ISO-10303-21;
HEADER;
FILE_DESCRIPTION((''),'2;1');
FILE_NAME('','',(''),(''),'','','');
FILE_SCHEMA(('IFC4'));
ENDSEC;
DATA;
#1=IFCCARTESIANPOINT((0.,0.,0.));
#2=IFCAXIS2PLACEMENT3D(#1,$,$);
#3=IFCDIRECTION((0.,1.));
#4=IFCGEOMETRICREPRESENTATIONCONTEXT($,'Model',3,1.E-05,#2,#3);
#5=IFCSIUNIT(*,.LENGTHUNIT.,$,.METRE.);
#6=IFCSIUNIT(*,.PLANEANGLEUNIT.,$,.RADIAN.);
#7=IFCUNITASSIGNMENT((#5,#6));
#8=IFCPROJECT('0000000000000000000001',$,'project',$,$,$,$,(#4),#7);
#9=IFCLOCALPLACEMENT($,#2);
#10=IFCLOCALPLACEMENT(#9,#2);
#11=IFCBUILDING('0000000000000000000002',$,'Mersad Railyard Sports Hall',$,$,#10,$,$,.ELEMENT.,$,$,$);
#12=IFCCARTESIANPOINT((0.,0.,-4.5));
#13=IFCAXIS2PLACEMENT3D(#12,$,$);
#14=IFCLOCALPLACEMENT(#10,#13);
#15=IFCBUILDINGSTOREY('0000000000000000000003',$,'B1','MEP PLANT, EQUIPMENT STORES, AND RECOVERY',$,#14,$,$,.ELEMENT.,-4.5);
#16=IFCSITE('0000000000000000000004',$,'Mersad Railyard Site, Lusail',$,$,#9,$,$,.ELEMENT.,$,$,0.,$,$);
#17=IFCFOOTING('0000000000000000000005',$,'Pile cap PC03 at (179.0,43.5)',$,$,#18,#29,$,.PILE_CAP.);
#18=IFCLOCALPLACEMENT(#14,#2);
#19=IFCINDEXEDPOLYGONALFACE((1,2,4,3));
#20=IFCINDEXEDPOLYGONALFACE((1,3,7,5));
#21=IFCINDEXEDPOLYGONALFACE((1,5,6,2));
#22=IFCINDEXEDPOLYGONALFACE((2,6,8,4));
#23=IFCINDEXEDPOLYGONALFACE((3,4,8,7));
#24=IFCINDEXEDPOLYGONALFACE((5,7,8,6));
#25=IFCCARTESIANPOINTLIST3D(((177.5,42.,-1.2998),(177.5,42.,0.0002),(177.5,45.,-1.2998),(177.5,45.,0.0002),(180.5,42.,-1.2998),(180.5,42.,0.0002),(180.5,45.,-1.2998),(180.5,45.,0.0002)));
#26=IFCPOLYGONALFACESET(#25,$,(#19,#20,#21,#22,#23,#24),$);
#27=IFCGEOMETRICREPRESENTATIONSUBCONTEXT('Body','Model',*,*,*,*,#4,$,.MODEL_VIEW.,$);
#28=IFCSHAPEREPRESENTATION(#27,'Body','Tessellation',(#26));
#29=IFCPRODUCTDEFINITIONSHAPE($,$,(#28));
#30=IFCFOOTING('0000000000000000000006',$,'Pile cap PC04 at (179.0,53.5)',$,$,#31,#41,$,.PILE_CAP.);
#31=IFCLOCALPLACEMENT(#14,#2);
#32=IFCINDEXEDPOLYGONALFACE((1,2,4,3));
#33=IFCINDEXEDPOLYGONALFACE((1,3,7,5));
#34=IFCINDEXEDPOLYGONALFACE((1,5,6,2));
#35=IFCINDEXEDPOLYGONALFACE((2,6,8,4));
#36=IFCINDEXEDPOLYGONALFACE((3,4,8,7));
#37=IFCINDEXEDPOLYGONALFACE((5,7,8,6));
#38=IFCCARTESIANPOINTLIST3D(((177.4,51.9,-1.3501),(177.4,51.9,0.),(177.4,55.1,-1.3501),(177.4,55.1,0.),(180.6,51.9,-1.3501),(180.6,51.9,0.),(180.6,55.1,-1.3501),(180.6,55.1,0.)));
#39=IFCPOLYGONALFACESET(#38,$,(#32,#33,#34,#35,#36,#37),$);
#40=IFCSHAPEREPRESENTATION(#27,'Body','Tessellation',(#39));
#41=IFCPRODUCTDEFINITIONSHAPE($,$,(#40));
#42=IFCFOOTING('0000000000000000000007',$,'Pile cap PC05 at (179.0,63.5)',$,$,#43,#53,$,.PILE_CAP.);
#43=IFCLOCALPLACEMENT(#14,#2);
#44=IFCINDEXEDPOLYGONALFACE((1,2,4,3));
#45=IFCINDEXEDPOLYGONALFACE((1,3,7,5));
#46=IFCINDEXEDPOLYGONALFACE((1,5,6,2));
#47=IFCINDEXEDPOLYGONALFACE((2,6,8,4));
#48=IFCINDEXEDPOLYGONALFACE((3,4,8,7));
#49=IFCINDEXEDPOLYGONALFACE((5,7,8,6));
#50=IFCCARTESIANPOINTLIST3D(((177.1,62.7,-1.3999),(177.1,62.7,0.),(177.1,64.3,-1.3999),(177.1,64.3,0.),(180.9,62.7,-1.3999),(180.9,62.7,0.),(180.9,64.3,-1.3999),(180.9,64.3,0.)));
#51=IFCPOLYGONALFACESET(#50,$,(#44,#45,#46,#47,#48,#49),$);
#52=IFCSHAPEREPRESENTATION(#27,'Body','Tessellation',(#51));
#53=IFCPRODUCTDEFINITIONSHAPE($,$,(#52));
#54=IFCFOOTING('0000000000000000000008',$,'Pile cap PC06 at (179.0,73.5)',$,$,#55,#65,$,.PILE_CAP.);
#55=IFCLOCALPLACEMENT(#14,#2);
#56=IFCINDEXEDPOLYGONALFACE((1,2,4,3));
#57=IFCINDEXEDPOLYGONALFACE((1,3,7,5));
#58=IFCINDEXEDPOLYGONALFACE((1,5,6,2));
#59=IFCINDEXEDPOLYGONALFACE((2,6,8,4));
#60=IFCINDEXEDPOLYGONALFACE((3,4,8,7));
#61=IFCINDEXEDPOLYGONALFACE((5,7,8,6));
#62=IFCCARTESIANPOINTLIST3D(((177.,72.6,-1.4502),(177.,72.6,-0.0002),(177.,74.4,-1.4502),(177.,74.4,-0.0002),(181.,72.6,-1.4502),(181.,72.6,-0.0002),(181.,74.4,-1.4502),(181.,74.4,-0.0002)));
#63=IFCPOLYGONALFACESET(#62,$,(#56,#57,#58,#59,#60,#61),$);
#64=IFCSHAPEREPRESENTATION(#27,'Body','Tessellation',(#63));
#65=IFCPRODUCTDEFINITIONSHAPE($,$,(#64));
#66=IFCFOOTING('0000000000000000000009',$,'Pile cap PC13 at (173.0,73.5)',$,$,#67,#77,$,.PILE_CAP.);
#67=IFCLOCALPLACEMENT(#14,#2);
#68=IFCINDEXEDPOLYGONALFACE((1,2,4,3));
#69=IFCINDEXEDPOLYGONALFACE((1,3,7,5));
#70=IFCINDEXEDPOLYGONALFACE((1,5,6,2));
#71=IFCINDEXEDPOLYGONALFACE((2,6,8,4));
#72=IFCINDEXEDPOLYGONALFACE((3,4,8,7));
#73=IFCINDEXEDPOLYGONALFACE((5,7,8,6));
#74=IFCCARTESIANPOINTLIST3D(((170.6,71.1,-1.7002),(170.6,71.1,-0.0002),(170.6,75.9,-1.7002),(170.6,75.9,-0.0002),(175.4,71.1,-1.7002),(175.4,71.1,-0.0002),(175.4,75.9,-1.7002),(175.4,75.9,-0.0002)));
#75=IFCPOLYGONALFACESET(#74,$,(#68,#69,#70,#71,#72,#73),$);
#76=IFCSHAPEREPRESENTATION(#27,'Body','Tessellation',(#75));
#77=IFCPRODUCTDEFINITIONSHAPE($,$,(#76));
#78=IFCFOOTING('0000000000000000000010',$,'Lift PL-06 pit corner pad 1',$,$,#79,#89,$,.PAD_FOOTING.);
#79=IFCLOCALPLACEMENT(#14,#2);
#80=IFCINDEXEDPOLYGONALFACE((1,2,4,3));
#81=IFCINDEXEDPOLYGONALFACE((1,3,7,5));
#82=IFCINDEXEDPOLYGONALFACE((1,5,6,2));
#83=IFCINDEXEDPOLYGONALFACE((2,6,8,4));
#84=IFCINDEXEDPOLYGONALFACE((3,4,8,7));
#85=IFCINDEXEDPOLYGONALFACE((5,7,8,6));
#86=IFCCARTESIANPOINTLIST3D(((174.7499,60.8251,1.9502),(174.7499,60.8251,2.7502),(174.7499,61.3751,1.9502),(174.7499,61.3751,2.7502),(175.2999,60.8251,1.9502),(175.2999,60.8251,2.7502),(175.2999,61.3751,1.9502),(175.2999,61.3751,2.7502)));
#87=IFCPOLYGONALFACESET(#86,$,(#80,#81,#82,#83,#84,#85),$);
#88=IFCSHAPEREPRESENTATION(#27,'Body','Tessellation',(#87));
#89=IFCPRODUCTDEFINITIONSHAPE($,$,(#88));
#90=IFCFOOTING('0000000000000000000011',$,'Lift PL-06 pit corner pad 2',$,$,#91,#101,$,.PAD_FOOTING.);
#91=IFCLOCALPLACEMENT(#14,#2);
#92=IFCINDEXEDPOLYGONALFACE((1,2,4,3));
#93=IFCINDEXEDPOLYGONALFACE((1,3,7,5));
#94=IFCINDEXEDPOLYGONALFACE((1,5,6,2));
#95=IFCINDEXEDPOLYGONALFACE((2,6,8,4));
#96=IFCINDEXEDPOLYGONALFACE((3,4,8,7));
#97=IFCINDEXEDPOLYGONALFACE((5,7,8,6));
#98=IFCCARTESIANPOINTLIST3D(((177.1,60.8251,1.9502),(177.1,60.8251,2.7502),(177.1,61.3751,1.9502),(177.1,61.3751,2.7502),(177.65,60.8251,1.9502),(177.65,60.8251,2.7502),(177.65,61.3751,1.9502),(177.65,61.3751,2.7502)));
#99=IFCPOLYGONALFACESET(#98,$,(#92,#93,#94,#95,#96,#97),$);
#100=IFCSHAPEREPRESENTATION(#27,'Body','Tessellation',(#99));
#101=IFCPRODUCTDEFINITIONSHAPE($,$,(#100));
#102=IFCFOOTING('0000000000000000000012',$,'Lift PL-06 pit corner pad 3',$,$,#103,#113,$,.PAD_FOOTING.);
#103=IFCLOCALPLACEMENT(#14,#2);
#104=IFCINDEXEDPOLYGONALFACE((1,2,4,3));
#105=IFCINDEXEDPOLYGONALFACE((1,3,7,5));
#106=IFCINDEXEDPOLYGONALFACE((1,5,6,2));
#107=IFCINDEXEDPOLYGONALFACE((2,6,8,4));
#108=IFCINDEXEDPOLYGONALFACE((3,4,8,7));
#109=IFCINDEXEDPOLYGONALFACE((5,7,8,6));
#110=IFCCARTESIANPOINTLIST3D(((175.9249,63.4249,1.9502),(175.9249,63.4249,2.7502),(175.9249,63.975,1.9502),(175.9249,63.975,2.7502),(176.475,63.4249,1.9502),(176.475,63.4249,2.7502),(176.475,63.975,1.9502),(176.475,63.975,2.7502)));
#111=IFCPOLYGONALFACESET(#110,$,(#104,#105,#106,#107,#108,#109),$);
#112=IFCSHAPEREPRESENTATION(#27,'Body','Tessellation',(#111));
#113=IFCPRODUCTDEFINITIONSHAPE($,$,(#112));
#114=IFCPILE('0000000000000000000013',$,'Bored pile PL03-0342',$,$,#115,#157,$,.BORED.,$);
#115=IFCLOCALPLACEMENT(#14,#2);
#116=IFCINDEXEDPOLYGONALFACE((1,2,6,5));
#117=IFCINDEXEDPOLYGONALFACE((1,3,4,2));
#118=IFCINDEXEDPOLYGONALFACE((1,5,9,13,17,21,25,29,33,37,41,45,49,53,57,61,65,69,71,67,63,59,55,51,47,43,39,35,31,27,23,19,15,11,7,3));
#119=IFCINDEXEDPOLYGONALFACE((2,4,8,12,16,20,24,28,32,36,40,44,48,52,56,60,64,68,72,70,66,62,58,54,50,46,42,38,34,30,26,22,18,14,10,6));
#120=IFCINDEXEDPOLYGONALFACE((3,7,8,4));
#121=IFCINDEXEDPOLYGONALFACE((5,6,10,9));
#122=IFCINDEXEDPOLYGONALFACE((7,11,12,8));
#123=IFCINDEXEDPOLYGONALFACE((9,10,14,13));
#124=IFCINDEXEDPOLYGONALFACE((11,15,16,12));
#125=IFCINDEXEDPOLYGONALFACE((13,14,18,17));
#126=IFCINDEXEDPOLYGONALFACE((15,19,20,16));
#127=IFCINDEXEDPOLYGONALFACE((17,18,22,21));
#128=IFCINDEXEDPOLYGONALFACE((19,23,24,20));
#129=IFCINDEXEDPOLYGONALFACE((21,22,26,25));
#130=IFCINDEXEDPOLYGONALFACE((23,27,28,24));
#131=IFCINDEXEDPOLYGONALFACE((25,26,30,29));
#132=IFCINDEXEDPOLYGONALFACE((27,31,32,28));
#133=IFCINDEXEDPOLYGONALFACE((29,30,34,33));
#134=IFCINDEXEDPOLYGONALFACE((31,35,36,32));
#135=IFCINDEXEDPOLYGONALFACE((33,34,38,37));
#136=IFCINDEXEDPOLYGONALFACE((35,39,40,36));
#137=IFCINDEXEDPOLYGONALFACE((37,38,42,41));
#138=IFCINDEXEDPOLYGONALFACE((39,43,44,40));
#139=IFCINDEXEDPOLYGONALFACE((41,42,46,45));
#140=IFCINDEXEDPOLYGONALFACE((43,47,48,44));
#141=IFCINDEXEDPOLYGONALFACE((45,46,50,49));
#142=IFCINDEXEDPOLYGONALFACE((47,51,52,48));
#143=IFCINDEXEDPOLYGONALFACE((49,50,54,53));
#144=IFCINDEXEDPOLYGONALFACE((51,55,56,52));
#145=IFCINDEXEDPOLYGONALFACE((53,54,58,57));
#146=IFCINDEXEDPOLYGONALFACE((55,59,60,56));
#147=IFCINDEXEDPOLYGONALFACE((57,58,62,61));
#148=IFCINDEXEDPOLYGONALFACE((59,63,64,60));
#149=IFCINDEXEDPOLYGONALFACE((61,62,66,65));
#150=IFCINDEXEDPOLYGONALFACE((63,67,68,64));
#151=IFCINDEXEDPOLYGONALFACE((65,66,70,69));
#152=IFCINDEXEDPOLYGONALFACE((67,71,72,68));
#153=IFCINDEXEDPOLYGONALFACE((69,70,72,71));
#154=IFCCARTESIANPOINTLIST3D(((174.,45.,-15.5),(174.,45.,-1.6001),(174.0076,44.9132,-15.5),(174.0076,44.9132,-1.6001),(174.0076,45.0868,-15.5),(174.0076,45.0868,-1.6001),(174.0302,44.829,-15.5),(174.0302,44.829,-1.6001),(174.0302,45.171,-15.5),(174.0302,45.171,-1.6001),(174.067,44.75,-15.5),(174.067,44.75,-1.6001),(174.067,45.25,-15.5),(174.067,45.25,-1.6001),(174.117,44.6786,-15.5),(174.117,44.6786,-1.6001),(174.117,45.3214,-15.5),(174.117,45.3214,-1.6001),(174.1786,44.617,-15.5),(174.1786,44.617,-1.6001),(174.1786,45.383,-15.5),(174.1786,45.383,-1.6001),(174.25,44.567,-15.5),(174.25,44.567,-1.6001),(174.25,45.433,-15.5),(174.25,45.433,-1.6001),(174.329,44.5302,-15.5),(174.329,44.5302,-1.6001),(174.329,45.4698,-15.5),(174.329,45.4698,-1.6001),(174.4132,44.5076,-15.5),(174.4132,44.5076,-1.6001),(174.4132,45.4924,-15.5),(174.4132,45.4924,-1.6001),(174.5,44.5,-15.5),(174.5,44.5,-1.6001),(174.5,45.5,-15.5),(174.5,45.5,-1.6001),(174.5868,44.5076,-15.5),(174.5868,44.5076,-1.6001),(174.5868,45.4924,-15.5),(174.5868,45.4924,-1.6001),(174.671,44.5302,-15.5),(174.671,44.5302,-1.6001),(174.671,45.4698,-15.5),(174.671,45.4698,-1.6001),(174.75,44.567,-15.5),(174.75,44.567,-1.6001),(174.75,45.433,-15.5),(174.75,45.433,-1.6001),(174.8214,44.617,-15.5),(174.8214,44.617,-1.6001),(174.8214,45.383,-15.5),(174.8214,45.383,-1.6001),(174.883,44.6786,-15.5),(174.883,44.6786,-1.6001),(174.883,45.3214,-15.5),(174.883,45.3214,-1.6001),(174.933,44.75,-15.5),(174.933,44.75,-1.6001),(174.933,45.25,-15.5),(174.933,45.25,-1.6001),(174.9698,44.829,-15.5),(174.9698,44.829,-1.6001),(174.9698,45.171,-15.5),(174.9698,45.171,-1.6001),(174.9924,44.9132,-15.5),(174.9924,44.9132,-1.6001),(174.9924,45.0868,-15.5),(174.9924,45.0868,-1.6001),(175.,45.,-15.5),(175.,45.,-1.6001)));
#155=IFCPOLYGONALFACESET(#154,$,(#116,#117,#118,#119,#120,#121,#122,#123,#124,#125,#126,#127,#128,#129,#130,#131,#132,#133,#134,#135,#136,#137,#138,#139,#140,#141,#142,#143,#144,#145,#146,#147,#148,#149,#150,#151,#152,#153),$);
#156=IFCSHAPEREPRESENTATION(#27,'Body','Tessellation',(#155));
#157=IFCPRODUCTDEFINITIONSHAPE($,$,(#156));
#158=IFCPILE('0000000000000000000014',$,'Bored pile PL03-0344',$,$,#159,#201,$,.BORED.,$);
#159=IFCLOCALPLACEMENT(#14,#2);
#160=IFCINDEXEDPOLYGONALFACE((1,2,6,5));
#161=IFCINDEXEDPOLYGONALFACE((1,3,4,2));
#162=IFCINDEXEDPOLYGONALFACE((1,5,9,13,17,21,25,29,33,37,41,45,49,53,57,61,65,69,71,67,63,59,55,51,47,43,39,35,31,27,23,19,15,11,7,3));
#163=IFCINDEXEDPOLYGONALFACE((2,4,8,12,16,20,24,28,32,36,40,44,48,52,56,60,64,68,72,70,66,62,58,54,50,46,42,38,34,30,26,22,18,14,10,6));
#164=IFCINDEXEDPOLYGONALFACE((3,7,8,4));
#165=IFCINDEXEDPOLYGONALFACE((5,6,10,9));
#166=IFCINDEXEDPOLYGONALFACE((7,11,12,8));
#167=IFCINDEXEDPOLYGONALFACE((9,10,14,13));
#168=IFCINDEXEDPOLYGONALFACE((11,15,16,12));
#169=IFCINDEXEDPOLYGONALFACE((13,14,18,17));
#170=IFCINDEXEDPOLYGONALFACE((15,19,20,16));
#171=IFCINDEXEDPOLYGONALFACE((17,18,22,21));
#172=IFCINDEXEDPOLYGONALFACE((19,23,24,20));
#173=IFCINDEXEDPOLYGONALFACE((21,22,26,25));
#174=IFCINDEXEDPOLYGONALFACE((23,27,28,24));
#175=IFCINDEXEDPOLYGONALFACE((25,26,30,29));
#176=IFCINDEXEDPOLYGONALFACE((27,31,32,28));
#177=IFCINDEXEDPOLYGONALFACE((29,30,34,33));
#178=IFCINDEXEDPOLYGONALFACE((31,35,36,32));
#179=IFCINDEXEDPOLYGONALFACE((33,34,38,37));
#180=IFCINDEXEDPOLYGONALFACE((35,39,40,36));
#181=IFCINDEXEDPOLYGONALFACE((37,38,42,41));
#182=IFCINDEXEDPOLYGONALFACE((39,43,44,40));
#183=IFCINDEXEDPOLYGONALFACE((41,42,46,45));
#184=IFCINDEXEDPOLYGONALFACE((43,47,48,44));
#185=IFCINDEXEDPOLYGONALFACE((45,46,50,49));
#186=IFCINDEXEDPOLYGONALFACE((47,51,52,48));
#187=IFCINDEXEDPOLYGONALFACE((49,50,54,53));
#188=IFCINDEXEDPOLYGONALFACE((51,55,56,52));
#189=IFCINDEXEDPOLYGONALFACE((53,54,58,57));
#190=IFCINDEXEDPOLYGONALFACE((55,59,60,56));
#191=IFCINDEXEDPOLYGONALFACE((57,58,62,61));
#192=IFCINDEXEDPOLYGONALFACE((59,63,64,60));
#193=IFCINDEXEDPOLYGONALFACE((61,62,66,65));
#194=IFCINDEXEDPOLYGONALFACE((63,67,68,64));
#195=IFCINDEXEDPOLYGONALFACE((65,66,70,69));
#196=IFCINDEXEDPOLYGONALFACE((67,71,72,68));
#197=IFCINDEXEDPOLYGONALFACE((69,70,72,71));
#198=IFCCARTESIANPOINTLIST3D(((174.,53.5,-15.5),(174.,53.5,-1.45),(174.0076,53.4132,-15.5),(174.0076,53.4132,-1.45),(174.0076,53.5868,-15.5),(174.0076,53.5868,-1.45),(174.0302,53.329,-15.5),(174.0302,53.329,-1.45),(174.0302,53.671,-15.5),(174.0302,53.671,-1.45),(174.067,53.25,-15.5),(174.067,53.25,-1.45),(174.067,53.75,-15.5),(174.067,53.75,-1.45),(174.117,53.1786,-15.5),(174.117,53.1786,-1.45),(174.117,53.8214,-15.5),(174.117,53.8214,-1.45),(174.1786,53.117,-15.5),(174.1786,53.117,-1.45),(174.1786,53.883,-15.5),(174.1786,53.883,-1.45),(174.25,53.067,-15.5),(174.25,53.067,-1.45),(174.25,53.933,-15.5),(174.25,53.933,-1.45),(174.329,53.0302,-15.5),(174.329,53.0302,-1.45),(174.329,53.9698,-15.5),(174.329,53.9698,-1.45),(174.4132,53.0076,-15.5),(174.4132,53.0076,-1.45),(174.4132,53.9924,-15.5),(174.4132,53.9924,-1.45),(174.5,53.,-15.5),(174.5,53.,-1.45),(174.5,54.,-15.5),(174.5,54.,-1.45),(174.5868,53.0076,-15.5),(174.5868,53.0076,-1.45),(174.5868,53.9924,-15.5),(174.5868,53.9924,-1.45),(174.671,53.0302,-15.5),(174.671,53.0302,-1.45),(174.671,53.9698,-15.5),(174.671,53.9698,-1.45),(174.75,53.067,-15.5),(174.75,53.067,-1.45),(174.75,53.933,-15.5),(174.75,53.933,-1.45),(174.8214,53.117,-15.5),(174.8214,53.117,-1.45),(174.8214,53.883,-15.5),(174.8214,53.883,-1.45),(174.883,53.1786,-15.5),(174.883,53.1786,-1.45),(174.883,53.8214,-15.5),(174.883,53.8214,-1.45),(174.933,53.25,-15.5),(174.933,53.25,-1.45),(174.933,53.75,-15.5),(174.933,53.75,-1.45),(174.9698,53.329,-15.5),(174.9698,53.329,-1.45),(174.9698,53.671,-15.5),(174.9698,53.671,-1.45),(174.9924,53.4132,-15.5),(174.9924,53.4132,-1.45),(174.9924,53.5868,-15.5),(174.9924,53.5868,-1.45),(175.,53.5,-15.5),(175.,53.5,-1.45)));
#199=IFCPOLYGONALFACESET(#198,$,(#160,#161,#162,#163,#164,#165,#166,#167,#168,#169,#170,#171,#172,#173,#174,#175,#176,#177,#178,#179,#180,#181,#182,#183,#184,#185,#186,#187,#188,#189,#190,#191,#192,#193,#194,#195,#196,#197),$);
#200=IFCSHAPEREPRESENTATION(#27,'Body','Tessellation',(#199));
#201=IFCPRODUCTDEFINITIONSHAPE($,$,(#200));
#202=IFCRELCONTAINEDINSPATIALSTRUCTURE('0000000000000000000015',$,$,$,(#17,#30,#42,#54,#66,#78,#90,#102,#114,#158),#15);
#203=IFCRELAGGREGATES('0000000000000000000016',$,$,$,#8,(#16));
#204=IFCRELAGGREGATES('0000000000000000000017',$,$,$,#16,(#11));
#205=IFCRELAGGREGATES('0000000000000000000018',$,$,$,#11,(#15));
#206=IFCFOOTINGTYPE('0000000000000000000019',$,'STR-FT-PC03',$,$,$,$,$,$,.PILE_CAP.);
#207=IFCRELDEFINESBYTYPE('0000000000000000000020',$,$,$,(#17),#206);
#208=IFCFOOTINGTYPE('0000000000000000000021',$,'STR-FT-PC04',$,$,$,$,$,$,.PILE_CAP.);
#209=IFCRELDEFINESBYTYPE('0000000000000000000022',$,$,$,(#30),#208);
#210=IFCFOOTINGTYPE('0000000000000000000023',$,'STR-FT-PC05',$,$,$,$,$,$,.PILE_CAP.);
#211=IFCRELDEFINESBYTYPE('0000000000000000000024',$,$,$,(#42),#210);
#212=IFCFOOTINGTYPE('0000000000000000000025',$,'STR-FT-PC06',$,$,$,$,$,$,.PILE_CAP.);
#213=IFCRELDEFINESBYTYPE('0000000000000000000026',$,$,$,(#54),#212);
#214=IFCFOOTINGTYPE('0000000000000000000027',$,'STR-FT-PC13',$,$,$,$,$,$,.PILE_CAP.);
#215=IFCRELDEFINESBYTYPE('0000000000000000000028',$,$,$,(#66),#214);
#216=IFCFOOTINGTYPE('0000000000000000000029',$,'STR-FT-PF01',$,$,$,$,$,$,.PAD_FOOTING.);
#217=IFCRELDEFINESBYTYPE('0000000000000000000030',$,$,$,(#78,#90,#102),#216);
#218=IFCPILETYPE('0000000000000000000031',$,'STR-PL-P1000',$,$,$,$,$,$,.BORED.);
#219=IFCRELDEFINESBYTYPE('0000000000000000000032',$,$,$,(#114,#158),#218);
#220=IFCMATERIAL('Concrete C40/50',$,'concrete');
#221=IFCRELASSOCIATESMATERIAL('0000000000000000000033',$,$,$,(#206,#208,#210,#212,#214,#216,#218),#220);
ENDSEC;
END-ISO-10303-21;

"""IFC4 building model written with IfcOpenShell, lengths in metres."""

from ifc_helpers import new_model, si_unit, direction, frame, origin, origin_2d, place, context, subcontext, project, spatial, rectangle, circle, extrude, material, material_profile, profile_set, type_object, element, save


model = new_model("IFC4")

# Units and contexts
model_context = context("Model", 3, precision=1e-05, world=origin(), true_north=direction((0.0, 1.0)))
body_context = subcontext(model_context, "Body", "Model", "MODEL_VIEW")
ifc_project = project(units=[si_unit("LENGTHUNIT", "METRE"), si_unit("PLANEANGLEUNIT", "RADIAN")], contexts=[model_context])

# Site, building, storey
site_placement = place(None, origin())
site = spatial("IfcSite", under=ifc_project, at=site_placement, Name="Mersad Railyard Site, Lusail", CompositionType="ELEMENT", RefElevation=0.0)
building_placement = place(site_placement, origin())
building = spatial("IfcBuilding", under=site, at=building_placement, Name="Mersad Railyard Sports Hall", CompositionType="ELEMENT")
storey_placement = place(building_placement, frame((0.0, 0.0, -4.5)))
storey = spatial("IfcBuildingStorey", under=building, at=storey_placement, Name="B1", Description="MEP PLANT, EQUIPMENT STORES, AND RECOVERY", CompositionType="ELEMENT", Elevation=-4.5)

# Footings
ifc_material_1 = material(Name="Concrete C40/50", Category="concrete")
footing_type_1 = type_object("IfcFootingType", Name="STR-FT-PC03", PredefinedType="PILE_CAP", material=ifc_material_1)
footing_1_placement = place(storey_placement, frame((179.0, 43.5, -1.2998), z_axis=(0.0, 0.0, 1.0), x_axis=(1.0, 0.0, 0.0)))
element("IfcFooting", 1, at=footing_1_placement, inside=storey, type_object=footing_type_1, Name="Pile cap PC03 at (179.0,43.5)", PredefinedType="PILE_CAP", context=body_context, shape_type="SweptSolid", body=[
    extrude(rectangle(XDim=3.0, YDim=3.0, at=origin_2d()), origin(), (0.0, 0.0, 1.0), 1.3),
])
footing_type_2 = type_object("IfcFootingType", Name="STR-FT-PC04", PredefinedType="PILE_CAP", material=ifc_material_1)
footing_2_placement = place(storey_placement, frame((179.0, 53.5, -1.3501), z_axis=(0.0, 0.0, 1.0), x_axis=(1.0, 0.0, 0.0)))
element("IfcFooting", 2, at=footing_2_placement, inside=storey, type_object=footing_type_2, Name="Pile cap PC04 at (179.0,53.5)", PredefinedType="PILE_CAP", context=body_context, shape_type="SweptSolid", body=[
    extrude(rectangle(XDim=3.2, YDim=3.2, at=origin_2d()), origin(), (0.0, 0.0, 1.0), 1.3501),
])
footing_type_3 = type_object("IfcFootingType", Name="STR-FT-PC05", PredefinedType="PILE_CAP", material=ifc_material_1)
footing_3_placement = place(storey_placement, frame((179.0, 63.5, -1.3999), z_axis=(0.0, 0.0, 1.0), x_axis=(1.0, 0.0, 0.0)))
element("IfcFooting", 3, at=footing_3_placement, inside=storey, type_object=footing_type_3, Name="Pile cap PC05 at (179.0,63.5)", PredefinedType="PILE_CAP", context=body_context, shape_type="SweptSolid", body=[
    extrude(rectangle(XDim=3.8, YDim=1.6001, at=origin_2d()), origin(), (0.0, 0.0, 1.0), 1.3999),
])
footing_type_4 = type_object("IfcFootingType", Name="STR-FT-PC06", PredefinedType="PILE_CAP", material=ifc_material_1)
footing_4_placement = place(storey_placement, frame((179.0, 73.5, -1.4502), z_axis=(0.0, 0.0, 1.0), x_axis=(1.0, 0.0, 0.0)))
element("IfcFooting", 4, at=footing_4_placement, inside=storey, type_object=footing_type_4, Name="Pile cap PC06 at (179.0,73.5)", PredefinedType="PILE_CAP", context=body_context, shape_type="SweptSolid", body=[
    extrude(rectangle(XDim=4.0, YDim=1.8, at=origin_2d()), origin(), (0.0, 0.0, 1.0), 1.45),
])
footing_type_5 = type_object("IfcFootingType", Name="STR-FT-PC13", PredefinedType="PILE_CAP", material=ifc_material_1)
footing_5_placement = place(storey_placement, frame((173.0, 73.5, -1.7002), z_axis=(0.0, 0.0, 1.0), x_axis=(1.0, 0.0, 0.0)))
element("IfcFooting", 5, at=footing_5_placement, inside=storey, type_object=footing_type_5, Name="Pile cap PC13 at (173.0,73.5)", PredefinedType="PILE_CAP", context=body_context, shape_type="SweptSolid", body=[
    extrude(rectangle(XDim=4.8, YDim=4.8, at=origin_2d()), origin(), (0.0, 0.0, 1.0), 1.7),
])
footing_type_6 = type_object("IfcFootingType", Name="STR-FT-PF01", PredefinedType="PAD_FOOTING", material=ifc_material_1)
for number, where, z_axis, x_axis, name in (
    (6, (175.0249, 61.1001, 1.9502), (0.0, 0.0, 1.0), (1.0, 0.0, 0.0), "Lift PL-06 pit corner pad 1"),
    (7, (177.375, 61.1001, 1.9502), (0.0, 0.0, 1.0), (1.0, 0.0, 0.0), "Lift PL-06 pit corner pad 2"),
    (8, (176.2, 63.7, 1.9502), (0.0, 0.0, 1.0), (1.0, 0.0, 0.0), "Lift PL-06 pit corner pad 3"),
):
    element("IfcFooting", number, at=place(storey_placement, frame(where, z_axis=z_axis, x_axis=x_axis)), inside=storey, type_object=footing_type_6, Name=name, PredefinedType="PAD_FOOTING", context=body_context, shape_type="SweptSolid", body=[
        extrude(rectangle(XDim=0.55, YDim=0.55, at=origin_2d()), origin(), (0.0, 0.0, 1.0), 0.8),
    ])

# Piles
ifc_material_profile_1 = material_profile(ifc_material_1, circle(Radius=0.5, at=origin_2d()), Name="BORED PILE D1000")
ifc_profile_set_1 = profile_set([ifc_material_profile_1], Name="Concrete C40/50")
pile_type_1 = type_object("IfcPileType", Name="STR-PL-P1000", PredefinedType="BORED", material=ifc_profile_set_1)
pile_1_placement = place(storey_placement, frame((174.5, 45.0, -1.6001), z_axis=(0.0, 0.0, -1.0), x_axis=(1.0, 0.0, 0.0)))
element("IfcPile", 9, at=pile_1_placement, inside=storey, type_object=pile_type_1, Name="Bored pile PL03-0342", PredefinedType="BORED", context=body_context, shape_type="SweptSolid", body=[
    extrude(circle(Radius=0.5, at=origin_2d()), origin(), (0.0, 0.0, 1.0), 13.8999),
])
pile_2_placement = place(storey_placement, frame((174.5, 53.5, -1.45), z_axis=(0.0, 0.0, -1.0), x_axis=(1.0, 0.0, 0.0)))
element("IfcPile", 10, at=pile_2_placement, inside=storey, type_object=pile_type_1, Name="Bored pile PL03-0344", PredefinedType="BORED", context=body_context, shape_type="SweptSolid", body=[
    extrude(circle(Radius=0.5, at=origin_2d()), origin(), (0.0, 0.0, 1.0), 14.05),
])

save(model, "model.ifc")
